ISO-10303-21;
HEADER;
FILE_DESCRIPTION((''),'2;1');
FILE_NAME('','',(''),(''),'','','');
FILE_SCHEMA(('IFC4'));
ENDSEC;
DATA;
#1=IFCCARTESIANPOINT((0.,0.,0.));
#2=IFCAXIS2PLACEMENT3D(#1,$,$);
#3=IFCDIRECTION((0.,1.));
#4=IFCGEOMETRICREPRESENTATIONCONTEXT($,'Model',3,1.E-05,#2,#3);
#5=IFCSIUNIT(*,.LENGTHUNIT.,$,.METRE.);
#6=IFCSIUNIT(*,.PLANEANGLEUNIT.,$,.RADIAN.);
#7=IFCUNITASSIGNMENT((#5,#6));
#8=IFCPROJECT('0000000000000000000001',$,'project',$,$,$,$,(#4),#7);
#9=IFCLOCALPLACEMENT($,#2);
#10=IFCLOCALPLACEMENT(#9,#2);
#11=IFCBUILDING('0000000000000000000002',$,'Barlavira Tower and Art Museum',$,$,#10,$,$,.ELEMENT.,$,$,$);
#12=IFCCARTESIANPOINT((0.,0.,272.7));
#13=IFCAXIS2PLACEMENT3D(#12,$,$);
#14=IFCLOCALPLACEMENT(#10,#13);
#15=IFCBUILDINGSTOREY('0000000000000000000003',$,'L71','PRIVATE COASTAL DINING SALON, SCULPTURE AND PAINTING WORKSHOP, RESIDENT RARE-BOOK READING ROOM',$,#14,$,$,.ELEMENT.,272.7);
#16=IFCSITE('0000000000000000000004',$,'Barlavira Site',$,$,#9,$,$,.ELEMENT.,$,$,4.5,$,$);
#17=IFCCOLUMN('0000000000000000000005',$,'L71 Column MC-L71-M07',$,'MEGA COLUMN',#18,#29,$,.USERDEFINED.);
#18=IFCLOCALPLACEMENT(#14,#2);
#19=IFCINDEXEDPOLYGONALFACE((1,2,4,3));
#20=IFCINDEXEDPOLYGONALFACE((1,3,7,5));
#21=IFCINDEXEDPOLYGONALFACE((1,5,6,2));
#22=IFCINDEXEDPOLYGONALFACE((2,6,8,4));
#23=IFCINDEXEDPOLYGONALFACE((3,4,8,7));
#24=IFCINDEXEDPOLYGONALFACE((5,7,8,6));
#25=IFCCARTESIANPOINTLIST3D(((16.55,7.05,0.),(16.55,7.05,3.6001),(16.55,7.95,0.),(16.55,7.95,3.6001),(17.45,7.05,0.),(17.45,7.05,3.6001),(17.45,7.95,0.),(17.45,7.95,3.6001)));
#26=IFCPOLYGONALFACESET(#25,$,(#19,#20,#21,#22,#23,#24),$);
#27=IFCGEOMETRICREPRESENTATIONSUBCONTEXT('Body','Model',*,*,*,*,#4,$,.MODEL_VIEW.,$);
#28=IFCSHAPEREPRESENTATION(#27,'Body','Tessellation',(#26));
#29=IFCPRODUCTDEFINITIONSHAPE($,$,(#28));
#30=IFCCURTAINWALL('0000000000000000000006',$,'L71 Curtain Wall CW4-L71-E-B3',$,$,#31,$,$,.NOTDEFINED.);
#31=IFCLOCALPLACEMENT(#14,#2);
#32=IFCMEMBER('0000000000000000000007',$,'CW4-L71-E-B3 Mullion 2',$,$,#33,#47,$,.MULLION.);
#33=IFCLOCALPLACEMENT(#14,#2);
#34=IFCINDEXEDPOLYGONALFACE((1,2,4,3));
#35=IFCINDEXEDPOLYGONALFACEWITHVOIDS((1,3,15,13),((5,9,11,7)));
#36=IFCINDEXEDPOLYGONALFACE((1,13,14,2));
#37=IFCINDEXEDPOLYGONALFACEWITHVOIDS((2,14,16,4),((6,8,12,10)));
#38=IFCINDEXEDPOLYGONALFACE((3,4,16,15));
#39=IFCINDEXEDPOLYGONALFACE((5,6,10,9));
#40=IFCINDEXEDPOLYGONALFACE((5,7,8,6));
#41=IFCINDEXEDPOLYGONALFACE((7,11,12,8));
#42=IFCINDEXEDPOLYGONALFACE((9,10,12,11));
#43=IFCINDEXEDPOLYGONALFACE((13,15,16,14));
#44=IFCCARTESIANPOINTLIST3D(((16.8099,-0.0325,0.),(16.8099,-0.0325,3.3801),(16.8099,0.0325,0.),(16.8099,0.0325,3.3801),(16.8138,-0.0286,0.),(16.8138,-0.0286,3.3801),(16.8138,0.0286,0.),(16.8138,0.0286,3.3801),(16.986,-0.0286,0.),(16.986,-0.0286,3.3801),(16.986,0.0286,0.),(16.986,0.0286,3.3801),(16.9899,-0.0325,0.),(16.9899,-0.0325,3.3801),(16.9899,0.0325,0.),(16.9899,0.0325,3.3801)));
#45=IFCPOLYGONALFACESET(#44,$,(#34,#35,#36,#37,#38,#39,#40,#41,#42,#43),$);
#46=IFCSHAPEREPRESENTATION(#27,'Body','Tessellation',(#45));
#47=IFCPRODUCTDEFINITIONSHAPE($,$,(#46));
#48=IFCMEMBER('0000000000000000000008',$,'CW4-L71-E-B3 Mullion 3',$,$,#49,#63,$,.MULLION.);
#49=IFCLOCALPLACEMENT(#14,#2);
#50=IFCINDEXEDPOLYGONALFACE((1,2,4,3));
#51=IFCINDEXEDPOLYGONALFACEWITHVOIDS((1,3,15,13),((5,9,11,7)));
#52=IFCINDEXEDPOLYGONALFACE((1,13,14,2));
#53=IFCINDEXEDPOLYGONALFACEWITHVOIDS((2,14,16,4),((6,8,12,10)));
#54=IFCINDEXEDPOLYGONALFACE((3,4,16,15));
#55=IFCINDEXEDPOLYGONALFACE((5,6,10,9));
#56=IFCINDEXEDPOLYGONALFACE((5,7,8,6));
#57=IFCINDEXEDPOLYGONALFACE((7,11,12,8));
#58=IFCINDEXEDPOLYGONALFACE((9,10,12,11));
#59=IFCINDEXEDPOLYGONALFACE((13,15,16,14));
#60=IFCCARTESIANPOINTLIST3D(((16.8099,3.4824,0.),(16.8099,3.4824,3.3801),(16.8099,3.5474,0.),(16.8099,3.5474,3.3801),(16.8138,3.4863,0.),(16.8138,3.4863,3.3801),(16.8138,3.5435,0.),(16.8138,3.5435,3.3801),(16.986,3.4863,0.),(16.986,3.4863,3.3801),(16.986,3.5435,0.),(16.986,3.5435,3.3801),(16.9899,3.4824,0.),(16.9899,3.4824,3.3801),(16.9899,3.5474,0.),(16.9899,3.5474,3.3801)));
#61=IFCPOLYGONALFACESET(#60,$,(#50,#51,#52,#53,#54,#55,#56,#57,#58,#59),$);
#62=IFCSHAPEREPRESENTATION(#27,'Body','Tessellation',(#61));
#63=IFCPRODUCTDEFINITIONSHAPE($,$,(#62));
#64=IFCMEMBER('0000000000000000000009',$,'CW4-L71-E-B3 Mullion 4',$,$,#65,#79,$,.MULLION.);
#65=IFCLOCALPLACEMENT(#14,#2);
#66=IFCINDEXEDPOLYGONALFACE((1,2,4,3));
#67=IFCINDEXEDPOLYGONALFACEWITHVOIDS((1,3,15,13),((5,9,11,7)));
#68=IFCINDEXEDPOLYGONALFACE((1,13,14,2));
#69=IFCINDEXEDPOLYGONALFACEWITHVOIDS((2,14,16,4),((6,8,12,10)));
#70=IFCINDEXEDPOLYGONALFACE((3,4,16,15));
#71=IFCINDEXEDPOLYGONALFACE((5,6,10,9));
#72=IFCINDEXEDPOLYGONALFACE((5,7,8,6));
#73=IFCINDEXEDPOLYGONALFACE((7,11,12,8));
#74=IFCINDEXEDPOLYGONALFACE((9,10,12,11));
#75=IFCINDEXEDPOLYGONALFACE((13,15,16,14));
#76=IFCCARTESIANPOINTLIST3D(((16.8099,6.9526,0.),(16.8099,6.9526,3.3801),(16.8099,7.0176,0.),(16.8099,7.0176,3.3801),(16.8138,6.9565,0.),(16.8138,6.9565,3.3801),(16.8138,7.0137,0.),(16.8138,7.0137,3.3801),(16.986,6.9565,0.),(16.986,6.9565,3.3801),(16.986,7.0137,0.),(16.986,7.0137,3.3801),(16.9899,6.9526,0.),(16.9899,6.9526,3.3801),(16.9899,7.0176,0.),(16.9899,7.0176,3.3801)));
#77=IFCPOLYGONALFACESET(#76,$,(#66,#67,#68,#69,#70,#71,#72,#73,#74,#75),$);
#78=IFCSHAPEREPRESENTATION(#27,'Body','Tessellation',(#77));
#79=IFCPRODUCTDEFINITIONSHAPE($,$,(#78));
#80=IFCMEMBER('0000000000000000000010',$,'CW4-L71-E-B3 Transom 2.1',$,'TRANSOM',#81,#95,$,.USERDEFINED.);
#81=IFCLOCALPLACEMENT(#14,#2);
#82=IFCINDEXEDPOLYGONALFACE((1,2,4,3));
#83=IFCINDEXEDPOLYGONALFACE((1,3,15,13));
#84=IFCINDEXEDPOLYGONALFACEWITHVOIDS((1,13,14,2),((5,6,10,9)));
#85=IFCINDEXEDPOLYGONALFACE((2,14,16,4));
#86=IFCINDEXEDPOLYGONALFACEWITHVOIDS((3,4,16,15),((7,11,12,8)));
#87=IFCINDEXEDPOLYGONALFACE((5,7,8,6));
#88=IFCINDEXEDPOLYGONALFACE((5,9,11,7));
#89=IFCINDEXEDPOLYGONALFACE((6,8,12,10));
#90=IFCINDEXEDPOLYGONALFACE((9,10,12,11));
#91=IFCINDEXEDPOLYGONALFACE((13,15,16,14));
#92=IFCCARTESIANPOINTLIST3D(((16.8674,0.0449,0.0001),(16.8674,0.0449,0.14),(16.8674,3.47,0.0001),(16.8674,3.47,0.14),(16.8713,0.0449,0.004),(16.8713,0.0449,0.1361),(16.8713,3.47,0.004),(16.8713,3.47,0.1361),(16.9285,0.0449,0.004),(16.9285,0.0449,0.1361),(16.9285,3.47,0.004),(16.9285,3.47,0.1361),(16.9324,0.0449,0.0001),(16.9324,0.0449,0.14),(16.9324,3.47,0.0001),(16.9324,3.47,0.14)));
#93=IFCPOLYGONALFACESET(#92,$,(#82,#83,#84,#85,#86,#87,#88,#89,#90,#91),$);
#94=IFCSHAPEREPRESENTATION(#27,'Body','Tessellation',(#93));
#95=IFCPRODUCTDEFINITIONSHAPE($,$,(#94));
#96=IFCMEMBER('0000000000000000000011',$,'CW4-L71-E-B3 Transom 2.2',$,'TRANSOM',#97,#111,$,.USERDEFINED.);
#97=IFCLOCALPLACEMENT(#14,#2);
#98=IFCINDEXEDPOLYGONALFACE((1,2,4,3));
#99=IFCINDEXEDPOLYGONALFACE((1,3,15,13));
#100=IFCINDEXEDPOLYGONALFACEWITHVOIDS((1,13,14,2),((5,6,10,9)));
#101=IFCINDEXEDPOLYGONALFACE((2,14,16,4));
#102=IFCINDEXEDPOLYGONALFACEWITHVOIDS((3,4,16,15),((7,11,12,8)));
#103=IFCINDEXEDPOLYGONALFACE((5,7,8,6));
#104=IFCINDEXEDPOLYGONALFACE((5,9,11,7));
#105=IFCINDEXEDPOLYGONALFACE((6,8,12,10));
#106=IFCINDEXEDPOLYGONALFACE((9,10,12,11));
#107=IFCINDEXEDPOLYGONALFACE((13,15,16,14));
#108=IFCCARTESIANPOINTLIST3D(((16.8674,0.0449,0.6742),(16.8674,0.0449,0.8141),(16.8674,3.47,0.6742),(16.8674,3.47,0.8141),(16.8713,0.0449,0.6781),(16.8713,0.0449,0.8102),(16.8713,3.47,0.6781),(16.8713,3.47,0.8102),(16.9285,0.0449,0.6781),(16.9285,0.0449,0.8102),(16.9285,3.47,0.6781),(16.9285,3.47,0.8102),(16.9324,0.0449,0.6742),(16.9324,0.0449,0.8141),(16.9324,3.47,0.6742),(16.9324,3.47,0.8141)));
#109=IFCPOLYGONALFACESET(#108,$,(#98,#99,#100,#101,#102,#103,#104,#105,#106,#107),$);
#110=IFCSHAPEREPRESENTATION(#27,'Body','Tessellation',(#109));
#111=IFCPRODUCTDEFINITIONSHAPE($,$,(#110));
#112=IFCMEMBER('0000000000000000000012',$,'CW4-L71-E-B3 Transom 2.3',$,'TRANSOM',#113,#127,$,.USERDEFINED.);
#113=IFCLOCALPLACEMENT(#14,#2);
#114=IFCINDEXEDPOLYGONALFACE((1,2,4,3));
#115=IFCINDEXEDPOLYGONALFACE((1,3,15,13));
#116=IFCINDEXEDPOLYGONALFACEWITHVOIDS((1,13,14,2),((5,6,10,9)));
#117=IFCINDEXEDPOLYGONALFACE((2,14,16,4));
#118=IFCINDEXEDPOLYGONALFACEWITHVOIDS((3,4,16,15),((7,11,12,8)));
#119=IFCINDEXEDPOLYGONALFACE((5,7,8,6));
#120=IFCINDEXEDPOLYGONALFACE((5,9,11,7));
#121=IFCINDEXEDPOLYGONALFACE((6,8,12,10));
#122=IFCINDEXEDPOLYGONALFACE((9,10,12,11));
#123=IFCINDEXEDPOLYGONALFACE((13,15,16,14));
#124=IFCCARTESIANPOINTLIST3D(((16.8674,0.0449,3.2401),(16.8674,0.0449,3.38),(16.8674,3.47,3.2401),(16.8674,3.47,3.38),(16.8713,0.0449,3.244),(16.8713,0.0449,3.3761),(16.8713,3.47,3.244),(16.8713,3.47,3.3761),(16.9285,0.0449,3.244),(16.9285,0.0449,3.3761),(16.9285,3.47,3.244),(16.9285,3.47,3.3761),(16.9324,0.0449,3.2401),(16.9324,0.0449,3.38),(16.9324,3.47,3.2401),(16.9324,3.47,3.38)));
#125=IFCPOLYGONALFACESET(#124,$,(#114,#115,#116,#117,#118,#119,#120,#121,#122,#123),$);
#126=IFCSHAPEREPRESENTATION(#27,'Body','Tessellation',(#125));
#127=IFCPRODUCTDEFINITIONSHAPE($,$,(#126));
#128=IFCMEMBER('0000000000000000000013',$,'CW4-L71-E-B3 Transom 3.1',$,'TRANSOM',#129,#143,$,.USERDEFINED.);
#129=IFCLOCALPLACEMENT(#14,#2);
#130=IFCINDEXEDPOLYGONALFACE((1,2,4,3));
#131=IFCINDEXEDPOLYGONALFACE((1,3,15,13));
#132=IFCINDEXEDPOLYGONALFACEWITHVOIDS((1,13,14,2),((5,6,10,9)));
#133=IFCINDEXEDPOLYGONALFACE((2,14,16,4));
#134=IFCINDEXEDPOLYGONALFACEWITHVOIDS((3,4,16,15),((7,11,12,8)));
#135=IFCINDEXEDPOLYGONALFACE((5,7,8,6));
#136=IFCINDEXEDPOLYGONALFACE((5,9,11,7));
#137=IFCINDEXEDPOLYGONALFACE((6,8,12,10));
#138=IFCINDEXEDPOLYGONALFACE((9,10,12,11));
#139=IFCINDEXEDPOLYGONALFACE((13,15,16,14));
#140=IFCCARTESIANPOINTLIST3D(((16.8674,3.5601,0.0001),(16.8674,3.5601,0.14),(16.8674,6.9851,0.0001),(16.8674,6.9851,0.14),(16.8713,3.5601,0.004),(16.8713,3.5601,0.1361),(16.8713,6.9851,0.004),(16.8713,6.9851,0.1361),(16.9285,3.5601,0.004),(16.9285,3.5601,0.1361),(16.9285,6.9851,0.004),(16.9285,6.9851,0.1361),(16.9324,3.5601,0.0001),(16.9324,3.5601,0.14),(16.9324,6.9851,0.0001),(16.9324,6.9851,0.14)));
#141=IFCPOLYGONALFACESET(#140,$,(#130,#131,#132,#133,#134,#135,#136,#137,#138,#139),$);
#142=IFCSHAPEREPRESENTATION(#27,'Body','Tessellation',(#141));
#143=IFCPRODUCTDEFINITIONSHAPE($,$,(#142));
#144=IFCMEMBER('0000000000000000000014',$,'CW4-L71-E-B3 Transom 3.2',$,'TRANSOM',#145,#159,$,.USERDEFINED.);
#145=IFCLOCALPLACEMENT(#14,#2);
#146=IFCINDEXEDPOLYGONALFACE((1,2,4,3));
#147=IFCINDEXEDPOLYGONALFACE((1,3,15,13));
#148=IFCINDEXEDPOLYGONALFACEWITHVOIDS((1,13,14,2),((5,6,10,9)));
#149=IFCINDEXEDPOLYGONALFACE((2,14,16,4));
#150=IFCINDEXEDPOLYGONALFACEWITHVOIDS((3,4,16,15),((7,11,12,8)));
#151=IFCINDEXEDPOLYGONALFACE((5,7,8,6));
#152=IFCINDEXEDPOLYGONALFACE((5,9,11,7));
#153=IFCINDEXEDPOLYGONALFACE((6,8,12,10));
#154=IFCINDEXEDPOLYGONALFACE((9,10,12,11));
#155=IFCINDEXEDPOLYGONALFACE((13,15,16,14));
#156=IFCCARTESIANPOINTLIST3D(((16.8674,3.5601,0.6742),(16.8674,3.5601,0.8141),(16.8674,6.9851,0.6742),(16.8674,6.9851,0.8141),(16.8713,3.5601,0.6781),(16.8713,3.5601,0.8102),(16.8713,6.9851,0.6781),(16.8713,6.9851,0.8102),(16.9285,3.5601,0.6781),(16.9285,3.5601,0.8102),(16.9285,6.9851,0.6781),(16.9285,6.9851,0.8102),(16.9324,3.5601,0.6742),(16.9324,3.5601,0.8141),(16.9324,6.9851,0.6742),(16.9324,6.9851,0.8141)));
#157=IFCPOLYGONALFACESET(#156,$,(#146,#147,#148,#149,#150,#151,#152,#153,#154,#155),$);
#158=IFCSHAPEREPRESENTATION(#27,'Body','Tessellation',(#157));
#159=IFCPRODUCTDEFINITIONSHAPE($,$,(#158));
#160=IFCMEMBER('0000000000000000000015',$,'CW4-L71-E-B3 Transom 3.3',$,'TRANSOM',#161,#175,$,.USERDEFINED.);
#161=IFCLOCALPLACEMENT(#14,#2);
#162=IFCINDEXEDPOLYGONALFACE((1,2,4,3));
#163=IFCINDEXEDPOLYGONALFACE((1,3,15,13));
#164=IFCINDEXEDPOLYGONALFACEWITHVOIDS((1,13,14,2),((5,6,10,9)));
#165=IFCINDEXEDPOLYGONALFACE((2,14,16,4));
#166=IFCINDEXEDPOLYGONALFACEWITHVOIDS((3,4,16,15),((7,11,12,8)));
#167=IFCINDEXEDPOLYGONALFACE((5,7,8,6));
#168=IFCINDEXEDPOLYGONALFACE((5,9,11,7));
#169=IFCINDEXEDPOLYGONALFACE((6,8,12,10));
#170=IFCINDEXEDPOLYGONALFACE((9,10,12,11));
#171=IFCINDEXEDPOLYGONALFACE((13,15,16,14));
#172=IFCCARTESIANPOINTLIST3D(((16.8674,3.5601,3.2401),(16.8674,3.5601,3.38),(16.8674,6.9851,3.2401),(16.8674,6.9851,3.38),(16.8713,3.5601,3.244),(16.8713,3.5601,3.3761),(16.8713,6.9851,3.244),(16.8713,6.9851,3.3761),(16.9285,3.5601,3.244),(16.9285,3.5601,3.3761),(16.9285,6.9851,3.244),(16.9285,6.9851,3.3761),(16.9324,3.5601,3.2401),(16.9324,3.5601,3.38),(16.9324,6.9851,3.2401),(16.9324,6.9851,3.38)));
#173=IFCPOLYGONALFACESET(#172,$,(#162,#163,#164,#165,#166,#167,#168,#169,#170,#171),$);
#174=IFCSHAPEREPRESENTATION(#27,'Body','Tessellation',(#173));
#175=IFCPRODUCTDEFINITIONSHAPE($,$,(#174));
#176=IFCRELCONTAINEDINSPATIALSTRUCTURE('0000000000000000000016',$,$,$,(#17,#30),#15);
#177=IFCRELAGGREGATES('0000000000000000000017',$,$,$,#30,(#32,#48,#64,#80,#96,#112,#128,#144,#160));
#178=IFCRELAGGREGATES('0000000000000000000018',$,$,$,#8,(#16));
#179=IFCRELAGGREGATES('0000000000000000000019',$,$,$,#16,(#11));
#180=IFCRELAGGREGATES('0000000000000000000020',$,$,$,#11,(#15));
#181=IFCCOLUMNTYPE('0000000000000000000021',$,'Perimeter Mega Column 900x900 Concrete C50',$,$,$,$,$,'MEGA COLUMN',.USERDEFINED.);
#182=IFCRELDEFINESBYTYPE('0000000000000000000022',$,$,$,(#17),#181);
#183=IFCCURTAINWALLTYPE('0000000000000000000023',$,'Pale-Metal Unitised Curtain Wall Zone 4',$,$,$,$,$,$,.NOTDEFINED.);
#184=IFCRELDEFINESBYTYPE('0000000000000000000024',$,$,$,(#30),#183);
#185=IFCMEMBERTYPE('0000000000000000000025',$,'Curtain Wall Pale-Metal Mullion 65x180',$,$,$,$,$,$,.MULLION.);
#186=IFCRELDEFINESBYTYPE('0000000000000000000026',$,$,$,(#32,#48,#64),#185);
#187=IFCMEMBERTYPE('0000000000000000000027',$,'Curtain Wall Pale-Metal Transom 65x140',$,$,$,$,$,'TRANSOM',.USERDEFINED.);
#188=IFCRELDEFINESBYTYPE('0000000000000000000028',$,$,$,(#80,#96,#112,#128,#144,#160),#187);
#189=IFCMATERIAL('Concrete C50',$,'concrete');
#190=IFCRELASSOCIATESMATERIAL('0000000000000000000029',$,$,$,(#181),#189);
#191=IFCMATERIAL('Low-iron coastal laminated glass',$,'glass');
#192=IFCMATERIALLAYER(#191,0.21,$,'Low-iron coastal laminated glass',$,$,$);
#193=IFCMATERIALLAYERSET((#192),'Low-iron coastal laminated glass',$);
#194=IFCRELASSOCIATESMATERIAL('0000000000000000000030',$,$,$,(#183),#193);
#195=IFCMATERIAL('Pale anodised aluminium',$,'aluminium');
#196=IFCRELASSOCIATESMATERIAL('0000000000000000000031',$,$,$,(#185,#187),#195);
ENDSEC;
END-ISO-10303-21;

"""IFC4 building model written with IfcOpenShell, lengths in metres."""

from ifc_helpers import new_model, si_unit, direction, frame, origin, origin_2d, place, context, subcontext, project, spatial, rectangle, hollow_rectangle, extrude, material, layer, layer_set, material_profile, profile_set, type_object, element, aggregate, save


model = new_model("IFC4")

# Units and contexts
model_context = context("Model", 3, precision=1e-05, world=origin(), true_north=direction((0.0, 1.0)))
body_context = subcontext(model_context, "Body", "Model", "MODEL_VIEW")
ifc_project = project(units=[si_unit("LENGTHUNIT", "METRE"), si_unit("PLANEANGLEUNIT", "RADIAN")], contexts=[model_context])

# Site, building, storey
site_placement = place(None, origin())
site = spatial("IfcSite", under=ifc_project, at=site_placement, Name="Barlavira Site", CompositionType="ELEMENT", RefElevation=4.5)
building_placement = place(site_placement, origin())
building = spatial("IfcBuilding", under=site, at=building_placement, Name="Barlavira Tower and Art Museum", CompositionType="ELEMENT")
storey_placement = place(building_placement, frame((0.0, 0.0, 272.7)))
storey = spatial("IfcBuildingStorey", under=building, at=storey_placement, Name="L71", Description="PRIVATE COASTAL DINING SALON, SCULPTURE AND PAINTING WORKSHOP, RESIDENT RARE-BOOK READING ROOM", CompositionType="ELEMENT", Elevation=272.7)

# Column
ifc_material_1 = material(Name="Concrete C50", Category="concrete")
ifc_material_profile_1 = material_profile(ifc_material_1, rectangle(XDim=0.8999, YDim=0.8999, at=origin_2d()), Name="RC-COL 900x900")
ifc_profile_set_1 = profile_set([ifc_material_profile_1], Name="Concrete C50")
column_type = type_object("IfcColumnType", Name="Perimeter Mega Column 900x900 Concrete C50", ElementType="MEGA COLUMN", PredefinedType="USERDEFINED", material=ifc_profile_set_1)
column_placement = place(storey_placement, frame((17.0, 7.5, 0.0), z_axis=(0.0, 0.0, 1.0), x_axis=(1.0, 0.0, 0.0)))
element("IfcColumn", 1, at=column_placement, inside=storey, type_object=column_type, Name="L71 Column MC-L71-M07", ObjectType="MEGA COLUMN", PredefinedType="USERDEFINED", context=body_context, shape_type="SweptSolid", body=[
    extrude(rectangle(XDim=0.8999, YDim=0.8999, at=origin_2d()), origin(), (0.0, 0.0, 1.0), 3.6001),
])

# Curtain wall, members
ifc_material_2 = material(Name="Low-iron coastal laminated glass", Category="glass")
ifc_layer_1 = layer(ifc_material_2, 0.21, Name="Low-iron coastal laminated glass")
ifc_layer_set_1 = layer_set([ifc_layer_1], Name="Low-iron coastal laminated glass")
curtain_wall_type = type_object("IfcCurtainWallType", Name="Pale-Metal Unitised Curtain Wall Zone 4", PredefinedType="NOTDEFINED", material=ifc_layer_set_1)
curtain_wall_placement = place(storey_placement, origin())
curtain_wall = element("IfcCurtainWall", 2, at=curtain_wall_placement, inside=storey, type_object=curtain_wall_type, Name="L71 Curtain Wall CW4-L71-E-B3", PredefinedType="NOTDEFINED")
ifc_material_3 = material(Name="Pale anodised aluminium", Category="aluminium")
ifc_material_profile_2 = material_profile(ifc_material_3, hollow_rectangle(XDim=0.0649, YDim=0.1799, WallThickness=0.0039, at=origin_2d()), Name="ALU-MULL 65x180x4")
ifc_profile_set_2 = profile_set([ifc_material_profile_2], Name="Pale anodised aluminium")
member_type_1 = type_object("IfcMemberType", Name="Curtain Wall Pale-Metal Mullion 65x180", PredefinedType="MULLION", material=ifc_profile_set_2)
member_1_placement = place(storey_placement, frame((16.8999, 0.0, 0.0), z_axis=(0.0, 0.0, 1.0), x_axis=(0.0, 1.0, 0.0)))
member_1 = element("IfcMember", 3, at=member_1_placement, type_object=member_type_1, Name="CW4-L71-E-B3 Mullion 2", PredefinedType="MULLION", context=body_context, shape_type="SweptSolid", body=[
    extrude(hollow_rectangle(XDim=0.0649, YDim=0.1799, WallThickness=0.0039, at=origin_2d()), origin(), (0.0, 0.0, 1.0), 3.3801),
])
member_2_placement = place(storey_placement, frame((16.8999, 3.5149, 0.0), z_axis=(0.0, 0.0, 1.0), x_axis=(0.0, 1.0, 0.0)))
member_2 = element("IfcMember", 4, at=member_2_placement, type_object=member_type_1, Name="CW4-L71-E-B3 Mullion 3", PredefinedType="MULLION", context=body_context, shape_type="SweptSolid", body=[
    extrude(hollow_rectangle(XDim=0.0649, YDim=0.1799, WallThickness=0.0039, at=origin_2d()), origin(), (0.0, 0.0, 1.0), 3.3801),
])
member_3_placement = place(storey_placement, frame((16.8999, 6.9851, 0.0), z_axis=(0.0, 0.0, 1.0), x_axis=(0.0, 1.0, 0.0)))
member_3 = element("IfcMember", 5, at=member_3_placement, type_object=member_type_1, Name="CW4-L71-E-B3 Mullion 4", PredefinedType="MULLION", context=body_context, shape_type="SweptSolid", body=[
    extrude(hollow_rectangle(XDim=0.0649, YDim=0.1799, WallThickness=0.0039, at=origin_2d()), origin(), (0.0, 0.0, 1.0), 3.3801),
])
ifc_material_profile_3 = material_profile(ifc_material_3, hollow_rectangle(XDim=0.0649, YDim=0.1399, WallThickness=0.0039, at=origin_2d()), Name="ALU-TRAN 65x140x4")
ifc_profile_set_3 = profile_set([ifc_material_profile_3], Name="Pale anodised aluminium")
member_type_2 = type_object("IfcMemberType", Name="Curtain Wall Pale-Metal Transom 65x140", ElementType="TRANSOM", PredefinedType="USERDEFINED", material=ifc_profile_set_3)
member_4_placement = place(storey_placement, frame((16.8999, 0.0449, 0.0701), z_axis=(0.0, 1.0, 0.0), x_axis=(-1.0, 0.0, 0.0)))
member_4 = element("IfcMember", 6, at=member_4_placement, type_object=member_type_2, Name="CW4-L71-E-B3 Transom 2.1", ObjectType="TRANSOM", PredefinedType="USERDEFINED", context=body_context, shape_type="SweptSolid", body=[
    extrude(hollow_rectangle(XDim=0.0649, YDim=0.1399, WallThickness=0.0039, at=origin_2d()), origin(), (0.0, 0.0, 1.0), 3.425),
])
member_5_placement = place(storey_placement, frame((16.8999, 0.0449, 0.7441), z_axis=(0.0, 1.0, 0.0), x_axis=(-1.0, 0.0, 0.0)))
member_5 = element("IfcMember", 7, at=member_5_placement, type_object=member_type_2, Name="CW4-L71-E-B3 Transom 2.2", ObjectType="TRANSOM", PredefinedType="USERDEFINED", context=body_context, shape_type="SweptSolid", body=[
    extrude(hollow_rectangle(XDim=0.0649, YDim=0.1399, WallThickness=0.0039, at=origin_2d()), origin(), (0.0, 0.0, 1.0), 3.425),
])
member_6_placement = place(storey_placement, frame((16.8999, 0.0449, 3.3101), z_axis=(0.0, 1.0, 0.0), x_axis=(-1.0, 0.0, 0.0)))
member_6 = element("IfcMember", 8, at=member_6_placement, type_object=member_type_2, Name="CW4-L71-E-B3 Transom 2.3", ObjectType="TRANSOM", PredefinedType="USERDEFINED", context=body_context, shape_type="SweptSolid", body=[
    extrude(hollow_rectangle(XDim=0.0649, YDim=0.1399, WallThickness=0.0039, at=origin_2d()), origin(), (0.0, 0.0, 1.0), 3.425),
])
member_7_placement = place(storey_placement, frame((16.8999, 3.5601, 0.0701), z_axis=(0.0, 1.0, 0.0), x_axis=(-1.0, 0.0, 0.0)))
member_7 = element("IfcMember", 9, at=member_7_placement, type_object=member_type_2, Name="CW4-L71-E-B3 Transom 3.1", ObjectType="TRANSOM", PredefinedType="USERDEFINED", context=body_context, shape_type="SweptSolid", body=[
    extrude(hollow_rectangle(XDim=0.0649, YDim=0.1399, WallThickness=0.0039, at=origin_2d()), origin(), (0.0, 0.0, 1.0), 3.425),
])
member_8_placement = place(storey_placement, frame((16.8999, 3.5601, 0.7441), z_axis=(0.0, 1.0, 0.0), x_axis=(-1.0, 0.0, 0.0)))
member_8 = element("IfcMember", 10, at=member_8_placement, type_object=member_type_2, Name="CW4-L71-E-B3 Transom 3.2", ObjectType="TRANSOM", PredefinedType="USERDEFINED", context=body_context, shape_type="SweptSolid", body=[
    extrude(hollow_rectangle(XDim=0.0649, YDim=0.1399, WallThickness=0.0039, at=origin_2d()), origin(), (0.0, 0.0, 1.0), 3.425),
])
member_9_placement = place(storey_placement, frame((16.8999, 3.5601, 3.3101), z_axis=(0.0, 1.0, 0.0), x_axis=(-1.0, 0.0, 0.0)))
member_9 = element("IfcMember", 11, at=member_9_placement, type_object=member_type_2, Name="CW4-L71-E-B3 Transom 3.3", ObjectType="TRANSOM", PredefinedType="USERDEFINED", context=body_context, shape_type="SweptSolid", body=[
    extrude(hollow_rectangle(XDim=0.0649, YDim=0.1399, WallThickness=0.0039, at=origin_2d()), origin(), (0.0, 0.0, 1.0), 3.425),
])

aggregate(curtain_wall, [member_1, member_2, member_3, member_4, member_5, member_6, member_7, member_8, member_9])

save(model, "model.ifc")
